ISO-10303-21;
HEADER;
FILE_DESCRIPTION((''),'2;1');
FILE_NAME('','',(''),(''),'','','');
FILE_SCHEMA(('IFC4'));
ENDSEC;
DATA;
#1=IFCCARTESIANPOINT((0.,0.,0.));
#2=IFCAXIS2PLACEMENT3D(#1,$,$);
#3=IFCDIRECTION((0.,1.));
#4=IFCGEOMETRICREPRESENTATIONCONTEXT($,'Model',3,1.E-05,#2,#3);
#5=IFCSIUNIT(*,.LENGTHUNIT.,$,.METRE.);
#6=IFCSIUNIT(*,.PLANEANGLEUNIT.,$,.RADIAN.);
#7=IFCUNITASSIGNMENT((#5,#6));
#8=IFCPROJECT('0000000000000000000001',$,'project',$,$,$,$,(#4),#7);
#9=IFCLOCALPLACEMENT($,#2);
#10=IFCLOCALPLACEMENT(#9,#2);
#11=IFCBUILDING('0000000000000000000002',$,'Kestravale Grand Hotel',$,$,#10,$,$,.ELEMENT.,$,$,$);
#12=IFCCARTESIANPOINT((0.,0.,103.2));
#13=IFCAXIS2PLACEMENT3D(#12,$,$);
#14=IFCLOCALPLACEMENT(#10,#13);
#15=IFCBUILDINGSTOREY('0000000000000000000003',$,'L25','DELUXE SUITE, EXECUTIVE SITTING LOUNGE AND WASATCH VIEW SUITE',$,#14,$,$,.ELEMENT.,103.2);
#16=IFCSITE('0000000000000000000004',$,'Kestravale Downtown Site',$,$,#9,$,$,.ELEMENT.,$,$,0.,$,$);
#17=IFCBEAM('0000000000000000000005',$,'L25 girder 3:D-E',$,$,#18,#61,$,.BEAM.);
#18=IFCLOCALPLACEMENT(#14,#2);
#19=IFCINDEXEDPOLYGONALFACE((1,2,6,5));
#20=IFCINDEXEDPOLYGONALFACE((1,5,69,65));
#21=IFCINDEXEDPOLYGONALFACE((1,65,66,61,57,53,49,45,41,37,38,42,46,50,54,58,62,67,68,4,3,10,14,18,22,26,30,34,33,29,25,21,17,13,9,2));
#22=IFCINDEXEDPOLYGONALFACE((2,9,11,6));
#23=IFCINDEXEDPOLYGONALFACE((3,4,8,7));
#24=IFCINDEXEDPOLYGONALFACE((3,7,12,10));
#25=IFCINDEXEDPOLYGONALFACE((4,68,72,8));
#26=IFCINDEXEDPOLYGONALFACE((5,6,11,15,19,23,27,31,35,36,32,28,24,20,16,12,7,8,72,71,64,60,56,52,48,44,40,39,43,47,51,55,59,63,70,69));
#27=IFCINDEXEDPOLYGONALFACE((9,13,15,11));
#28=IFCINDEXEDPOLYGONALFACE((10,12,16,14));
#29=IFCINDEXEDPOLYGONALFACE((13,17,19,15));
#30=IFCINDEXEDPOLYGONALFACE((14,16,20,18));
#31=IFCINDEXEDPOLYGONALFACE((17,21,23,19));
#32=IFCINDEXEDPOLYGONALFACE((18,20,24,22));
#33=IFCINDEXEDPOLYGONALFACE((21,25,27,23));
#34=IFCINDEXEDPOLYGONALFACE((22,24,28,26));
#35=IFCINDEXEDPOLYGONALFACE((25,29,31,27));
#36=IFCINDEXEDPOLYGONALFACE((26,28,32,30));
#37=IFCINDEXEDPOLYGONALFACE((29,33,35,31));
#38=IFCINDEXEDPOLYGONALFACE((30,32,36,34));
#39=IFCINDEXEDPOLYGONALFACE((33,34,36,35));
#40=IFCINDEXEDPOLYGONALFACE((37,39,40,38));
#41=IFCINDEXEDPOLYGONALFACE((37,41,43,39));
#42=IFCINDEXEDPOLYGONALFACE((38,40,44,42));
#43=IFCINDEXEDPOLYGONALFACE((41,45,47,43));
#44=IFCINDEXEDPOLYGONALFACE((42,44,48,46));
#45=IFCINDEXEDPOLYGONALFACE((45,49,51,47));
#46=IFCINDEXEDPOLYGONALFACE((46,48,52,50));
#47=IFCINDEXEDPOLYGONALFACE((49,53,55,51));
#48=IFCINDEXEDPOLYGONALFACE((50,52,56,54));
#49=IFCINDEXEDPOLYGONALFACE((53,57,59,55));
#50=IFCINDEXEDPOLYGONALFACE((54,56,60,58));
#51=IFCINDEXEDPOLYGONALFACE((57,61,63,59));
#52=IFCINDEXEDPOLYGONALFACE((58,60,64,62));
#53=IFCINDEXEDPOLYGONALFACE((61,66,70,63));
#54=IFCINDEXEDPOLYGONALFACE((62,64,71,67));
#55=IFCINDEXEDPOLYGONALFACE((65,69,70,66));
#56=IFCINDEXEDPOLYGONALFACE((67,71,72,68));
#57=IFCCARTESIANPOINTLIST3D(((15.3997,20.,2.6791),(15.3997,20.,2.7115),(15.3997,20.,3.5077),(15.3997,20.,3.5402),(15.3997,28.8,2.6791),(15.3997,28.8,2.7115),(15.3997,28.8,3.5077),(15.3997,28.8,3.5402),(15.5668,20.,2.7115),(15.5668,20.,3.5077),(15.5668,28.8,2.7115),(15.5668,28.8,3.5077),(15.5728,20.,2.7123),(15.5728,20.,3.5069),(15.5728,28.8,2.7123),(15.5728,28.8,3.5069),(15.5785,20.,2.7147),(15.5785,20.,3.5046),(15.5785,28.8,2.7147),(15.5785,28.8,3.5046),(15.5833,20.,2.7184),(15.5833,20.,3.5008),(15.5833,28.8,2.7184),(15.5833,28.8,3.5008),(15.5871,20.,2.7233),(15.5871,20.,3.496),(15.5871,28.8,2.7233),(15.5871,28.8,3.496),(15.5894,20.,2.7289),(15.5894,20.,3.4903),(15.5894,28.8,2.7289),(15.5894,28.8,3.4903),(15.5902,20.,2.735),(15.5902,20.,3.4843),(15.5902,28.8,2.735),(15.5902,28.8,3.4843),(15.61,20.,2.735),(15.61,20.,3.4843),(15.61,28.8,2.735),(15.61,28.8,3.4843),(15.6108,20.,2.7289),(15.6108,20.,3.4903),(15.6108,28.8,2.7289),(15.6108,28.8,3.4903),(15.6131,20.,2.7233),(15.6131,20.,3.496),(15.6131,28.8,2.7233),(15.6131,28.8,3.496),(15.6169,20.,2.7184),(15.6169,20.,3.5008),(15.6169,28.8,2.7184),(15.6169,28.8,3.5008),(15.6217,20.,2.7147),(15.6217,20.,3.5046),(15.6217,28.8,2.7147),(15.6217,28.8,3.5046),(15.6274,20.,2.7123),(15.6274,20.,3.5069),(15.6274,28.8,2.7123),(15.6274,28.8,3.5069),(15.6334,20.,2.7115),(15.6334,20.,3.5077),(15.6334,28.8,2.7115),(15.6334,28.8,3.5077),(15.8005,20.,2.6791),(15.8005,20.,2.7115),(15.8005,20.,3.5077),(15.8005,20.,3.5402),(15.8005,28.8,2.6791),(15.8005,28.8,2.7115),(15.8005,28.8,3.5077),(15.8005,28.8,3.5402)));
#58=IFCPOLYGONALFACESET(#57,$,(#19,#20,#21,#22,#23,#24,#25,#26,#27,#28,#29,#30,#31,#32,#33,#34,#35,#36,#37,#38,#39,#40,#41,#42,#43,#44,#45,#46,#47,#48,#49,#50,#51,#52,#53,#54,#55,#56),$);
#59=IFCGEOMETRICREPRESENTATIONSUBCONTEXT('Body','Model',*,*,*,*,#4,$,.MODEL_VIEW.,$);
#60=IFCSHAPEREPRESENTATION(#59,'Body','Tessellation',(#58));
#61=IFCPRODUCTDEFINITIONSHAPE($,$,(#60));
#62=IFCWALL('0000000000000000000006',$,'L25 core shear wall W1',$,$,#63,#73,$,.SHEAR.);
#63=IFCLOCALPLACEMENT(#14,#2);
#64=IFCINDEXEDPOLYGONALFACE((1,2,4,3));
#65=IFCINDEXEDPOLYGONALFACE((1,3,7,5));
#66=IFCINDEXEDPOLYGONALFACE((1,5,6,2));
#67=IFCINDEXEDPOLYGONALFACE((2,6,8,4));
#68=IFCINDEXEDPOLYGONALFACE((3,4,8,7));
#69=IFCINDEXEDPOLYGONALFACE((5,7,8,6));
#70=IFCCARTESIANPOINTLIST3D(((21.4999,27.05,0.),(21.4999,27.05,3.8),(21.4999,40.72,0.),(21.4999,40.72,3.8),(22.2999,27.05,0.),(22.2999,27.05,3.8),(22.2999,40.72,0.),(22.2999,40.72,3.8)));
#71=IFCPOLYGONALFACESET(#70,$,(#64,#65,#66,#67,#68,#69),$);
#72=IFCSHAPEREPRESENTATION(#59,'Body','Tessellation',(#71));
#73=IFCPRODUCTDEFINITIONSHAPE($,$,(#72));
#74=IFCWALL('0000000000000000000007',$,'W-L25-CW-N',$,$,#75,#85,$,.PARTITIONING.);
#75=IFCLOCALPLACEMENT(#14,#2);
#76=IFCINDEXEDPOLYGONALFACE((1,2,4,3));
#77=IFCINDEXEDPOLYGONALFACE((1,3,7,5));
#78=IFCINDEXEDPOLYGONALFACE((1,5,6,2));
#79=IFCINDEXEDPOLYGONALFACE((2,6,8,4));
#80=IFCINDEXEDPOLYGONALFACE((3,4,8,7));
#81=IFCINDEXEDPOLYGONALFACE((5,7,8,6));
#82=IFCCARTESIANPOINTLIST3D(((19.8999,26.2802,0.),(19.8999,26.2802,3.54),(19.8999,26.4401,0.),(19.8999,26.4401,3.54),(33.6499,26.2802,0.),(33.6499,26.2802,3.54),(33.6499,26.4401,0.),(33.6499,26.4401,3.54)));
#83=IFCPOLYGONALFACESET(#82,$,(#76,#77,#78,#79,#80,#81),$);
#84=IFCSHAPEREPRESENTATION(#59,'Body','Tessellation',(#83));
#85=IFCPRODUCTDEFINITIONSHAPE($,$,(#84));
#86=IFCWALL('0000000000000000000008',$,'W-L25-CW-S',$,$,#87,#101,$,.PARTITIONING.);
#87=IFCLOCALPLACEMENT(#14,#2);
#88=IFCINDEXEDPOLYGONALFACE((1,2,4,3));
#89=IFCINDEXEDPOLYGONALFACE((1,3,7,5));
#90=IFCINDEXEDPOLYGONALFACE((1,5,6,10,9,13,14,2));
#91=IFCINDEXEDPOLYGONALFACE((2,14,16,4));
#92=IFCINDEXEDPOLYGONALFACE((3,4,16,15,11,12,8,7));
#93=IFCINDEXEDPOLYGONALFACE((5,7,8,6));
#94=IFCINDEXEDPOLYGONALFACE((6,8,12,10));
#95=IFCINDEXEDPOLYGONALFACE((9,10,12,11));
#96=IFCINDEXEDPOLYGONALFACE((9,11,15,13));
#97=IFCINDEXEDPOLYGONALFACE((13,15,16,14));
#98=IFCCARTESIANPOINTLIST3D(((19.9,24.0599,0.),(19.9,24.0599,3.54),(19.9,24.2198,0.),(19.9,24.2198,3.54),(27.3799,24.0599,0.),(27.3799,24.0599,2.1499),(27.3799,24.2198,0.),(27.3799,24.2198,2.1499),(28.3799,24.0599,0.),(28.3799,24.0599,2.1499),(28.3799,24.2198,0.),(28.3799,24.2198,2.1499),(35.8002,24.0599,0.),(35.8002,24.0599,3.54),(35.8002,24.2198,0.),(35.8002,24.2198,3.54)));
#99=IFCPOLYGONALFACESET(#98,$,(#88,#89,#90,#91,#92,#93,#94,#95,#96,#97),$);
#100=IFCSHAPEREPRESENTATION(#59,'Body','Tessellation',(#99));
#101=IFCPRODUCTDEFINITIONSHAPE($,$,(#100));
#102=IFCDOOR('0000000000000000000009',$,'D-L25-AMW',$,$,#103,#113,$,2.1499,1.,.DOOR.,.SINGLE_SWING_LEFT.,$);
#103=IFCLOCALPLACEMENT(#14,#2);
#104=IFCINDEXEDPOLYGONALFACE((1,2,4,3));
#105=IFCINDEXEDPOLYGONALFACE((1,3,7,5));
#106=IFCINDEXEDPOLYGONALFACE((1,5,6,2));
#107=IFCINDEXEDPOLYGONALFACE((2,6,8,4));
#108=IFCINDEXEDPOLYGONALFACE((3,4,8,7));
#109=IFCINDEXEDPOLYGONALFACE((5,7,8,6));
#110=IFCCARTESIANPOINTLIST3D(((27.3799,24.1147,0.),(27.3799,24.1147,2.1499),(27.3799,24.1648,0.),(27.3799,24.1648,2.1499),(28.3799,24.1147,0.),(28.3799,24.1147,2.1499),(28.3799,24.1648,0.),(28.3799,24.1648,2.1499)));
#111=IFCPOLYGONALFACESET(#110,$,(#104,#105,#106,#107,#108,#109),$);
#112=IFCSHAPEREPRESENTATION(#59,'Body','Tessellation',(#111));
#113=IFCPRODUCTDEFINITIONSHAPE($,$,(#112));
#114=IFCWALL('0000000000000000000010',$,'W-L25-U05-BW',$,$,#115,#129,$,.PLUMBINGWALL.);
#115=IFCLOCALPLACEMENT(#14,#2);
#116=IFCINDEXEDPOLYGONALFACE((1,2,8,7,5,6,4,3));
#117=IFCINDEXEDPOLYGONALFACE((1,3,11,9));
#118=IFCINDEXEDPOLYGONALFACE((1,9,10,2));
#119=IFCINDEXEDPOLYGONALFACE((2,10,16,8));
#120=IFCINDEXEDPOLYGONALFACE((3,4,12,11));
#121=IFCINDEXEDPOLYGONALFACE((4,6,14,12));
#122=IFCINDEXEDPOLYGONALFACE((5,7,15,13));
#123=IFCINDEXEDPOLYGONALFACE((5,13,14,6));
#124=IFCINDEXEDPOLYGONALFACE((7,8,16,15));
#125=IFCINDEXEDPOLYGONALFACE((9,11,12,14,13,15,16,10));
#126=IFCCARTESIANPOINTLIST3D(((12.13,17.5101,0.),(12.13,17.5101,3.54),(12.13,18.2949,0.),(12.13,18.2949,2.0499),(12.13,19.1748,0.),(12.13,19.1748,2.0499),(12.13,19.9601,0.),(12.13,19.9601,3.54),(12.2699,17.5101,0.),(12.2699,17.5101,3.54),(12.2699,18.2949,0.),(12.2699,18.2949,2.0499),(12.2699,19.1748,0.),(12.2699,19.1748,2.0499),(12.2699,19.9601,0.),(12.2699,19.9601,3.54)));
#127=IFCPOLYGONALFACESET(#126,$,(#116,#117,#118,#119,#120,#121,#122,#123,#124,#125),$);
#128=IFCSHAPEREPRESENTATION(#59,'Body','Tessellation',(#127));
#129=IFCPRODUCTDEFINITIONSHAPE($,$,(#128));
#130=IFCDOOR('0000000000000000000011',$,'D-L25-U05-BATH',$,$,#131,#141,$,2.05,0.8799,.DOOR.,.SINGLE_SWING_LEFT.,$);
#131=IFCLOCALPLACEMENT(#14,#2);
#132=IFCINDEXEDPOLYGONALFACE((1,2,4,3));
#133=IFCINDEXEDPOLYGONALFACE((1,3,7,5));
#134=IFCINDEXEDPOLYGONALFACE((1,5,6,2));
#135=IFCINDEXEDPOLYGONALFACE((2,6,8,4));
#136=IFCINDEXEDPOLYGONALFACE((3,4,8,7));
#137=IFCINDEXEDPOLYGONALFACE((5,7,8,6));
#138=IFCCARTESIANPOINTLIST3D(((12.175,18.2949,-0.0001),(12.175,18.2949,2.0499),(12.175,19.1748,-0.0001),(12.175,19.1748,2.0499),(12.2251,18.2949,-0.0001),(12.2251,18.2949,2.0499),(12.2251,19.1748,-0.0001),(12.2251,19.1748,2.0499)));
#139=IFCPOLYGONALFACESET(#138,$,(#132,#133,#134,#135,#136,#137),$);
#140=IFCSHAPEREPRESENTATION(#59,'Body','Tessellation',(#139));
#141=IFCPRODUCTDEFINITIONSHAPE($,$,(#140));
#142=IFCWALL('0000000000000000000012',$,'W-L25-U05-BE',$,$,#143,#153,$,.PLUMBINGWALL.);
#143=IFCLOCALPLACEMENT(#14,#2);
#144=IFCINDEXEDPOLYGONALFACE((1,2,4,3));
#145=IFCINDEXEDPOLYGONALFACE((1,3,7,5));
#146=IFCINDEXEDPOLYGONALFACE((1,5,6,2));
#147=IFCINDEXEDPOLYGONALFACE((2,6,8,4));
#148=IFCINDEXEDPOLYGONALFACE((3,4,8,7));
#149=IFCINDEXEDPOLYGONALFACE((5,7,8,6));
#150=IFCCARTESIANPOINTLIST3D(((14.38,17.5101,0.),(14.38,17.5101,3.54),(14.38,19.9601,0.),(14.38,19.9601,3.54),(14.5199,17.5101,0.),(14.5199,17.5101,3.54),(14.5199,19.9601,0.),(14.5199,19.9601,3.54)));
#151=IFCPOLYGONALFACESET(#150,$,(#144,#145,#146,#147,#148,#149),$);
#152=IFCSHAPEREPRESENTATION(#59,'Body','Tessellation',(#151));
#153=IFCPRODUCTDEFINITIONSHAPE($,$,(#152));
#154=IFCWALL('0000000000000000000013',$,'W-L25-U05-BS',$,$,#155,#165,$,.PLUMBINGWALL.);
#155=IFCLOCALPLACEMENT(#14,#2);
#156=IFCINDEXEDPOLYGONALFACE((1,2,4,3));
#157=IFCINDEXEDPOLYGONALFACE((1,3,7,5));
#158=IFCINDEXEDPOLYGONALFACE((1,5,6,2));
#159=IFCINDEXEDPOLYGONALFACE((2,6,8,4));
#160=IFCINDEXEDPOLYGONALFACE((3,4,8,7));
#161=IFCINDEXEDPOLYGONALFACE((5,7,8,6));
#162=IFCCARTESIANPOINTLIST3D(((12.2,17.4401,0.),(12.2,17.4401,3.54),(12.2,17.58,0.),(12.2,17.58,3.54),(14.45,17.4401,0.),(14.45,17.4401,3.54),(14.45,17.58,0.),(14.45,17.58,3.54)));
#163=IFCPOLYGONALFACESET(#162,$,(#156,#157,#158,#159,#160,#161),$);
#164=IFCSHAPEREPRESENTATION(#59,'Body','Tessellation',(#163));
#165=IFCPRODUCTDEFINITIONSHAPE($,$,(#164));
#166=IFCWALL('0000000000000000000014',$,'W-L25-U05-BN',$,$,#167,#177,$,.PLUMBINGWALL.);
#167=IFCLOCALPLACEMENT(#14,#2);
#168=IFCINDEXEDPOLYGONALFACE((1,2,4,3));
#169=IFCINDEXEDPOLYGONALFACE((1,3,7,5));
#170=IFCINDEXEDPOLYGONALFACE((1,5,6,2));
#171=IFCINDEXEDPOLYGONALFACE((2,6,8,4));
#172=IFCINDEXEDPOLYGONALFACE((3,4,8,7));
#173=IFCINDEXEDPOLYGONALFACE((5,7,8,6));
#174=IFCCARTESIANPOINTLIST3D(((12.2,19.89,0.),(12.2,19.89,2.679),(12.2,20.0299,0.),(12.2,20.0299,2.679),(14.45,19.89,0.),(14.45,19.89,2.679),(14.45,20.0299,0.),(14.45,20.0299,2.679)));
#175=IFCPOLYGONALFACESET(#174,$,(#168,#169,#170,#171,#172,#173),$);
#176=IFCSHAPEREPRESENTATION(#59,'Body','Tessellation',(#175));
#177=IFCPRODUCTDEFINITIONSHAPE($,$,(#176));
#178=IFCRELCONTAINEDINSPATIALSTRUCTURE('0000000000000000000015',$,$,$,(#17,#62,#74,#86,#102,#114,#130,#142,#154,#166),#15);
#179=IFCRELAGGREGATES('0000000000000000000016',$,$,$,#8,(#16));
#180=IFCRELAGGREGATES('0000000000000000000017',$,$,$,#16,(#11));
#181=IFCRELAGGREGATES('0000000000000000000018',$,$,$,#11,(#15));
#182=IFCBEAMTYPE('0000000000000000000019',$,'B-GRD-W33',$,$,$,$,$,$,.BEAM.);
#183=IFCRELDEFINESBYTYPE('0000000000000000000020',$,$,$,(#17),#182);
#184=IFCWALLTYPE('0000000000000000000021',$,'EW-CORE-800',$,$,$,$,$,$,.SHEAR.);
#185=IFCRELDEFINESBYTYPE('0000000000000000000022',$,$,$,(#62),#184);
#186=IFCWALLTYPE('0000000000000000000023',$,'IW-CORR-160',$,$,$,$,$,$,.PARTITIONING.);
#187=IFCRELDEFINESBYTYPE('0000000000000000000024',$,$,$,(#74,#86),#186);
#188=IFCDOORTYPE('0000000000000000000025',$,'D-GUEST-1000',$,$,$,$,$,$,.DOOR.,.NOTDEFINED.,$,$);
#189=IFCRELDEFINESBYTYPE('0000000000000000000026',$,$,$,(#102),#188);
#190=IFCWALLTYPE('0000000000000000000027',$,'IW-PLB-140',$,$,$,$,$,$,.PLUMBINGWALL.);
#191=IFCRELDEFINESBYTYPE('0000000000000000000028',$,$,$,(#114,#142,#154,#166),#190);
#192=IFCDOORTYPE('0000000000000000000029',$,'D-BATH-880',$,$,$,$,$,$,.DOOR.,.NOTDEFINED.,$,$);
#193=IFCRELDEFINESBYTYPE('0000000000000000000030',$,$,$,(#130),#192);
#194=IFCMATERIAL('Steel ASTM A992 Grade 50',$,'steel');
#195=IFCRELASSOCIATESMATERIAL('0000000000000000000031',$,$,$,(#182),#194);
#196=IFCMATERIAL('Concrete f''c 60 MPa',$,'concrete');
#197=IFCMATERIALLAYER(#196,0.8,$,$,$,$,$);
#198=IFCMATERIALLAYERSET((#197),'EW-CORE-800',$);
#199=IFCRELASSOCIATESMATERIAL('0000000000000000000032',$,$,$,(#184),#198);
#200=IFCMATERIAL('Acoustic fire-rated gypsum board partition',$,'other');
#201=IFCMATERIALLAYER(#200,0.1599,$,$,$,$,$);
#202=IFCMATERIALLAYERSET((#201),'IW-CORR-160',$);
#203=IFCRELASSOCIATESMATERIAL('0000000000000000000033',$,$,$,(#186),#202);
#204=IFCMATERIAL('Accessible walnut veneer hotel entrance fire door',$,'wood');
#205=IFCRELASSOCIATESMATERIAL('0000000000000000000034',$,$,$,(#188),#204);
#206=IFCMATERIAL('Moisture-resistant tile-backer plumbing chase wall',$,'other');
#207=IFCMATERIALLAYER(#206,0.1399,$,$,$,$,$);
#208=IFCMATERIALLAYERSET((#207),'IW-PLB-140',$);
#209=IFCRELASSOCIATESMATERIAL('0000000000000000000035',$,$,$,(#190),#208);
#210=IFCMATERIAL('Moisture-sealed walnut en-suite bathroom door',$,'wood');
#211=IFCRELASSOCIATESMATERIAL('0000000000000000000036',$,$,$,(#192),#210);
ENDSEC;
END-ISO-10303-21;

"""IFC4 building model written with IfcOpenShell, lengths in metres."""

from ifc_helpers import new_model, si_unit, direction, frame, frame_2d, origin, origin_2d, place, context, subcontext, project, spatial, rectangle, i_section, extrude, material, layer, layer_set, material_profile, profile_set, type_object, element, fill, save


model = new_model("IFC4")

# Units and contexts
model_context = context("Model", 3, precision=1e-05, world=origin(), true_north=direction((0.0, 1.0)))
body_context = subcontext(model_context, "Body", "Model", "MODEL_VIEW")
ifc_project = project(units=[si_unit("LENGTHUNIT", "METRE"), si_unit("PLANEANGLEUNIT", "RADIAN")], contexts=[model_context])

# Site, building, storey
site_placement = place(None, origin())
site = spatial("IfcSite", under=ifc_project, at=site_placement, Name="Kestravale Downtown Site", CompositionType="ELEMENT", RefElevation=0.0)
building_placement = place(site_placement, origin())
building = spatial("IfcBuilding", under=site, at=building_placement, Name="Kestravale Grand Hotel", CompositionType="ELEMENT")
storey_placement = place(building_placement, frame((0.0, 0.0, 103.2)))
storey = spatial("IfcBuildingStorey", under=building, at=storey_placement, Name="L25", Description="DELUXE SUITE, EXECUTIVE SITTING LOUNGE AND WASATCH VIEW SUITE", CompositionType="ELEMENT", Elevation=103.2)

# Beam
ifc_material_1 = material(Name="Steel ASTM A992 Grade 50", Category="steel")
ifc_material_profile_1 = material_profile(ifc_material_1, i_section(OverallWidth=0.4009, OverallDepth=0.8611, WebThickness=0.0198, FlangeThickness=0.0325, FilletRadius=0.0234, at=origin_2d()))
ifc_profile_set_1 = profile_set([ifc_material_profile_1], Name="Steel ASTM A992 Grade 50")
beam_type_1 = type_object("IfcBeamType", Name="B-GRD-W33", PredefinedType="BEAM", material=ifc_profile_set_1)
for number, where, z_axis, x_axis, name in (
    (1, (15.6001, 20.0, 3.1096), (0.0, 1.0, 0.0), (-1.0, 0.0, 0.0), "L25 girder 3:D-E"),
):
    element("IfcBeam", number, at=place(storey_placement, frame(where, z_axis=z_axis, x_axis=x_axis)), inside=storey, type_object=beam_type_1, Name=name, PredefinedType="BEAM", context=body_context, shape_type="SweptSolid", body=[
        extrude(i_section(OverallWidth=0.4009, OverallDepth=0.8611, WebThickness=0.0198, FlangeThickness=0.0325, FilletRadius=0.0234, at=origin_2d()), origin(), (0.0, 0.0, 1.0), 8.8),
    ])

# Walls
ifc_material_2 = material(Name="Concrete f'c 60 MPa", Category="concrete")
ifc_layer_1 = layer(ifc_material_2, 0.8)
ifc_layer_set_1 = layer_set([ifc_layer_1], Name="EW-CORE-800")
wall_type_1 = type_object("IfcWallType", Name="EW-CORE-800", PredefinedType="SHEAR", material=ifc_layer_set_1)
wall_1_placement = place(storey_placement, frame((21.8999, 27.05, 0.0), z_axis=(0.0, 0.0, 1.0), x_axis=(0.0, 1.0, 0.0)))
element("IfcWall", 2, at=wall_1_placement, inside=storey, type_object=wall_type_1, Name="L25 core shear wall W1", PredefinedType="SHEAR", context=body_context, shape_type="SweptSolid", body=[
    extrude(rectangle(XDim=13.6699, YDim=0.8, at=frame_2d((6.835, 0.0))), origin(), (0.0, 0.0, 1.0), 3.8),
])
ifc_material_3 = material(Name="Acoustic fire-rated gypsum board partition", Category="other")
ifc_layer_2 = layer(ifc_material_3, 0.1599)
ifc_layer_set_2 = layer_set([ifc_layer_2], Name="IW-CORR-160")
wall_type_2 = type_object("IfcWallType", Name="IW-CORR-160", PredefinedType="PARTITIONING", material=ifc_layer_set_2)
wall_2_placement = place(storey_placement, frame((19.8999, 26.3601, 0.0), z_axis=(0.0, 0.0, 1.0), x_axis=(1.0, 0.0, 0.0)))
element("IfcWall", 3, at=wall_2_placement, inside=storey, type_object=wall_type_2, Name="W-L25-CW-N", PredefinedType="PARTITIONING", context=body_context, shape_type="SweptSolid", body=[
    extrude(rectangle(XDim=13.75, YDim=0.1599, at=frame_2d((6.875, 0.0))), origin(), (0.0, 0.0, 1.0), 3.54),
])

# Walls, openings, doors
wall_3_placement = place(storey_placement, frame((19.8999, 24.1399, 0.0), z_axis=(0.0, 0.0, 1.0), x_axis=(1.0, 0.0, 0.0)))
wall_3 = element("IfcWall", 4, at=wall_3_placement, inside=storey, type_object=wall_type_2, Name="W-L25-CW-S", PredefinedType="PARTITIONING", context=body_context, shape_type="SweptSolid", body=[
    extrude(rectangle(XDim=15.9001, YDim=0.1599, at=frame_2d((7.9502, 0.0))), origin(), (0.0, 0.0, 1.0), 3.54),
])
opening_1_placement = place(wall_3_placement, frame((7.48, 0.0, 0.0)))
opening_1 = element("IfcOpeningElement", 5, at=opening_1_placement, cuts=wall_3, PredefinedType="OPENING", context=body_context, shape_type="SweptSolid", body=[
    extrude(rectangle(XDim=1.0, YDim=2.1499, at=frame_2d((0.5, 1.075))), frame((0.0, 0.0898, 0.0), z_axis=(0.0, -1.0, 0.0), x_axis=(1.0, 0.0, 0.0)), (0.0, 0.0, 1.0), 0.1799),
])
ifc_material_4 = material(Name="Accessible walnut veneer hotel entrance fire door", Category="wood")
door_type_1 = type_object("IfcDoorType", Name="D-GUEST-1000", OperationType="NOTDEFINED", PredefinedType="DOOR", material=ifc_material_4)
door_1_placement = place(opening_1_placement, origin())
door_1 = element("IfcDoor", 6, at=door_1_placement, inside=storey, type_object=door_type_1, Name="D-L25-AMW", OperationType="SINGLE_SWING_LEFT", OverallHeight=2.1499, OverallWidth=1.0, PredefinedType="DOOR", context=body_context, shape_type="SweptSolid", body=[
    extrude(rectangle(XDim=1.0, YDim=2.1499, at=frame_2d((0.5, 1.075))), frame((0.0, 0.0249, 0.0), z_axis=(0.0, -1.0, 0.0), x_axis=(1.0, 0.0, 0.0)), (0.0, 0.0, 1.0), 0.05),
])
fill(opening_1, door_1)
ifc_material_5 = material(Name="Moisture-resistant tile-backer plumbing chase wall", Category="other")
ifc_layer_3 = layer(ifc_material_5, 0.1399)
ifc_layer_set_3 = layer_set([ifc_layer_3], Name="IW-PLB-140")
wall_type_3 = type_object("IfcWallType", Name="IW-PLB-140", PredefinedType="PLUMBINGWALL", material=ifc_layer_set_3)
wall_4_placement = place(storey_placement, frame((12.2, 17.51, 0.0), z_axis=(0.0, 0.0, 1.0), x_axis=(0.0, 1.0, 0.0)))
wall_4 = element("IfcWall", 7, at=wall_4_placement, inside=storey, type_object=wall_type_3, Name="W-L25-U05-BW", PredefinedType="PLUMBINGWALL", context=body_context, shape_type="SweptSolid", body=[
    extrude(rectangle(XDim=2.45, YDim=0.1399, at=frame_2d((1.2251, 0.0))), origin(), (0.0, 0.0, 1.0), 3.54),
])
opening_2_placement = place(wall_4_placement, frame((0.7849, 0.0, 0.0)))
opening_2 = element("IfcOpeningElement", 8, at=opening_2_placement, cuts=wall_4, PredefinedType="OPENING", context=body_context, shape_type="SweptSolid", body=[
    extrude(rectangle(XDim=0.8799, YDim=2.05, at=frame_2d((0.4399, 1.0249))), frame((0.0, 0.0798, 0.0), z_axis=(0.0, -1.0, 0.0), x_axis=(1.0, 0.0, 0.0)), (0.0, 0.0, 1.0), 0.1599),
])
ifc_material_6 = material(Name="Moisture-sealed walnut en-suite bathroom door", Category="wood")
door_type_2 = type_object("IfcDoorType", Name="D-BATH-880", OperationType="NOTDEFINED", PredefinedType="DOOR", material=ifc_material_6)
door_2_placement = place(opening_2_placement, origin())
door_2 = element("IfcDoor", 9, at=door_2_placement, inside=storey, type_object=door_type_2, Name="D-L25-U05-BATH", OperationType="SINGLE_SWING_LEFT", OverallHeight=2.05, OverallWidth=0.8799, PredefinedType="DOOR", context=body_context, shape_type="SweptSolid", body=[
    extrude(rectangle(XDim=0.8799, YDim=2.05, at=frame_2d((0.4399, 1.0249))), frame((0.0, 0.0249, 0.0), z_axis=(0.0, -1.0, 0.0), x_axis=(1.0, 0.0, 0.0)), (0.0, 0.0, 1.0), 0.05),
])
fill(opening_2, door_2)

# Walls
wall_5_placement = place(storey_placement, frame((14.45, 17.51, 0.0), z_axis=(0.0, 0.0, 1.0), x_axis=(0.0, 1.0, 0.0)))
element("IfcWall", 10, at=wall_5_placement, inside=storey, type_object=wall_type_3, Name="W-L25-U05-BE", PredefinedType="PLUMBINGWALL", context=body_context, shape_type="SweptSolid", body=[
    extrude(rectangle(XDim=2.45, YDim=0.1399, at=frame_2d((1.2251, 0.0))), origin(), (0.0, 0.0, 1.0), 3.54),
])
wall_6_placement = place(storey_placement, frame((12.2, 17.51, 0.0), z_axis=(0.0, 0.0, 1.0), x_axis=(1.0, 0.0, 0.0)))
element("IfcWall", 11, at=wall_6_placement, inside=storey, type_object=wall_type_3, Name="W-L25-U05-BS", PredefinedType="PLUMBINGWALL", context=body_context, shape_type="SweptSolid", body=[
    extrude(rectangle(XDim=2.25, YDim=0.1399, at=frame_2d((1.125, 0.0))), origin(), (0.0, 0.0, 1.0), 3.54),
])
wall_7_placement = place(storey_placement, frame((12.2, 19.96, 0.0), z_axis=(0.0, 0.0, 1.0), x_axis=(1.0, 0.0, 0.0)))
element("IfcWall", 12, at=wall_7_placement, inside=storey, type_object=wall_type_3, Name="W-L25-U05-BN", PredefinedType="PLUMBINGWALL", context=body_context, shape_type="SweptSolid", body=[
    extrude(rectangle(XDim=2.25, YDim=0.1399, at=frame_2d((1.125, 0.0))), origin(), (0.0, 0.0, 1.0), 2.679),
])

save(model, "model.ifc")
